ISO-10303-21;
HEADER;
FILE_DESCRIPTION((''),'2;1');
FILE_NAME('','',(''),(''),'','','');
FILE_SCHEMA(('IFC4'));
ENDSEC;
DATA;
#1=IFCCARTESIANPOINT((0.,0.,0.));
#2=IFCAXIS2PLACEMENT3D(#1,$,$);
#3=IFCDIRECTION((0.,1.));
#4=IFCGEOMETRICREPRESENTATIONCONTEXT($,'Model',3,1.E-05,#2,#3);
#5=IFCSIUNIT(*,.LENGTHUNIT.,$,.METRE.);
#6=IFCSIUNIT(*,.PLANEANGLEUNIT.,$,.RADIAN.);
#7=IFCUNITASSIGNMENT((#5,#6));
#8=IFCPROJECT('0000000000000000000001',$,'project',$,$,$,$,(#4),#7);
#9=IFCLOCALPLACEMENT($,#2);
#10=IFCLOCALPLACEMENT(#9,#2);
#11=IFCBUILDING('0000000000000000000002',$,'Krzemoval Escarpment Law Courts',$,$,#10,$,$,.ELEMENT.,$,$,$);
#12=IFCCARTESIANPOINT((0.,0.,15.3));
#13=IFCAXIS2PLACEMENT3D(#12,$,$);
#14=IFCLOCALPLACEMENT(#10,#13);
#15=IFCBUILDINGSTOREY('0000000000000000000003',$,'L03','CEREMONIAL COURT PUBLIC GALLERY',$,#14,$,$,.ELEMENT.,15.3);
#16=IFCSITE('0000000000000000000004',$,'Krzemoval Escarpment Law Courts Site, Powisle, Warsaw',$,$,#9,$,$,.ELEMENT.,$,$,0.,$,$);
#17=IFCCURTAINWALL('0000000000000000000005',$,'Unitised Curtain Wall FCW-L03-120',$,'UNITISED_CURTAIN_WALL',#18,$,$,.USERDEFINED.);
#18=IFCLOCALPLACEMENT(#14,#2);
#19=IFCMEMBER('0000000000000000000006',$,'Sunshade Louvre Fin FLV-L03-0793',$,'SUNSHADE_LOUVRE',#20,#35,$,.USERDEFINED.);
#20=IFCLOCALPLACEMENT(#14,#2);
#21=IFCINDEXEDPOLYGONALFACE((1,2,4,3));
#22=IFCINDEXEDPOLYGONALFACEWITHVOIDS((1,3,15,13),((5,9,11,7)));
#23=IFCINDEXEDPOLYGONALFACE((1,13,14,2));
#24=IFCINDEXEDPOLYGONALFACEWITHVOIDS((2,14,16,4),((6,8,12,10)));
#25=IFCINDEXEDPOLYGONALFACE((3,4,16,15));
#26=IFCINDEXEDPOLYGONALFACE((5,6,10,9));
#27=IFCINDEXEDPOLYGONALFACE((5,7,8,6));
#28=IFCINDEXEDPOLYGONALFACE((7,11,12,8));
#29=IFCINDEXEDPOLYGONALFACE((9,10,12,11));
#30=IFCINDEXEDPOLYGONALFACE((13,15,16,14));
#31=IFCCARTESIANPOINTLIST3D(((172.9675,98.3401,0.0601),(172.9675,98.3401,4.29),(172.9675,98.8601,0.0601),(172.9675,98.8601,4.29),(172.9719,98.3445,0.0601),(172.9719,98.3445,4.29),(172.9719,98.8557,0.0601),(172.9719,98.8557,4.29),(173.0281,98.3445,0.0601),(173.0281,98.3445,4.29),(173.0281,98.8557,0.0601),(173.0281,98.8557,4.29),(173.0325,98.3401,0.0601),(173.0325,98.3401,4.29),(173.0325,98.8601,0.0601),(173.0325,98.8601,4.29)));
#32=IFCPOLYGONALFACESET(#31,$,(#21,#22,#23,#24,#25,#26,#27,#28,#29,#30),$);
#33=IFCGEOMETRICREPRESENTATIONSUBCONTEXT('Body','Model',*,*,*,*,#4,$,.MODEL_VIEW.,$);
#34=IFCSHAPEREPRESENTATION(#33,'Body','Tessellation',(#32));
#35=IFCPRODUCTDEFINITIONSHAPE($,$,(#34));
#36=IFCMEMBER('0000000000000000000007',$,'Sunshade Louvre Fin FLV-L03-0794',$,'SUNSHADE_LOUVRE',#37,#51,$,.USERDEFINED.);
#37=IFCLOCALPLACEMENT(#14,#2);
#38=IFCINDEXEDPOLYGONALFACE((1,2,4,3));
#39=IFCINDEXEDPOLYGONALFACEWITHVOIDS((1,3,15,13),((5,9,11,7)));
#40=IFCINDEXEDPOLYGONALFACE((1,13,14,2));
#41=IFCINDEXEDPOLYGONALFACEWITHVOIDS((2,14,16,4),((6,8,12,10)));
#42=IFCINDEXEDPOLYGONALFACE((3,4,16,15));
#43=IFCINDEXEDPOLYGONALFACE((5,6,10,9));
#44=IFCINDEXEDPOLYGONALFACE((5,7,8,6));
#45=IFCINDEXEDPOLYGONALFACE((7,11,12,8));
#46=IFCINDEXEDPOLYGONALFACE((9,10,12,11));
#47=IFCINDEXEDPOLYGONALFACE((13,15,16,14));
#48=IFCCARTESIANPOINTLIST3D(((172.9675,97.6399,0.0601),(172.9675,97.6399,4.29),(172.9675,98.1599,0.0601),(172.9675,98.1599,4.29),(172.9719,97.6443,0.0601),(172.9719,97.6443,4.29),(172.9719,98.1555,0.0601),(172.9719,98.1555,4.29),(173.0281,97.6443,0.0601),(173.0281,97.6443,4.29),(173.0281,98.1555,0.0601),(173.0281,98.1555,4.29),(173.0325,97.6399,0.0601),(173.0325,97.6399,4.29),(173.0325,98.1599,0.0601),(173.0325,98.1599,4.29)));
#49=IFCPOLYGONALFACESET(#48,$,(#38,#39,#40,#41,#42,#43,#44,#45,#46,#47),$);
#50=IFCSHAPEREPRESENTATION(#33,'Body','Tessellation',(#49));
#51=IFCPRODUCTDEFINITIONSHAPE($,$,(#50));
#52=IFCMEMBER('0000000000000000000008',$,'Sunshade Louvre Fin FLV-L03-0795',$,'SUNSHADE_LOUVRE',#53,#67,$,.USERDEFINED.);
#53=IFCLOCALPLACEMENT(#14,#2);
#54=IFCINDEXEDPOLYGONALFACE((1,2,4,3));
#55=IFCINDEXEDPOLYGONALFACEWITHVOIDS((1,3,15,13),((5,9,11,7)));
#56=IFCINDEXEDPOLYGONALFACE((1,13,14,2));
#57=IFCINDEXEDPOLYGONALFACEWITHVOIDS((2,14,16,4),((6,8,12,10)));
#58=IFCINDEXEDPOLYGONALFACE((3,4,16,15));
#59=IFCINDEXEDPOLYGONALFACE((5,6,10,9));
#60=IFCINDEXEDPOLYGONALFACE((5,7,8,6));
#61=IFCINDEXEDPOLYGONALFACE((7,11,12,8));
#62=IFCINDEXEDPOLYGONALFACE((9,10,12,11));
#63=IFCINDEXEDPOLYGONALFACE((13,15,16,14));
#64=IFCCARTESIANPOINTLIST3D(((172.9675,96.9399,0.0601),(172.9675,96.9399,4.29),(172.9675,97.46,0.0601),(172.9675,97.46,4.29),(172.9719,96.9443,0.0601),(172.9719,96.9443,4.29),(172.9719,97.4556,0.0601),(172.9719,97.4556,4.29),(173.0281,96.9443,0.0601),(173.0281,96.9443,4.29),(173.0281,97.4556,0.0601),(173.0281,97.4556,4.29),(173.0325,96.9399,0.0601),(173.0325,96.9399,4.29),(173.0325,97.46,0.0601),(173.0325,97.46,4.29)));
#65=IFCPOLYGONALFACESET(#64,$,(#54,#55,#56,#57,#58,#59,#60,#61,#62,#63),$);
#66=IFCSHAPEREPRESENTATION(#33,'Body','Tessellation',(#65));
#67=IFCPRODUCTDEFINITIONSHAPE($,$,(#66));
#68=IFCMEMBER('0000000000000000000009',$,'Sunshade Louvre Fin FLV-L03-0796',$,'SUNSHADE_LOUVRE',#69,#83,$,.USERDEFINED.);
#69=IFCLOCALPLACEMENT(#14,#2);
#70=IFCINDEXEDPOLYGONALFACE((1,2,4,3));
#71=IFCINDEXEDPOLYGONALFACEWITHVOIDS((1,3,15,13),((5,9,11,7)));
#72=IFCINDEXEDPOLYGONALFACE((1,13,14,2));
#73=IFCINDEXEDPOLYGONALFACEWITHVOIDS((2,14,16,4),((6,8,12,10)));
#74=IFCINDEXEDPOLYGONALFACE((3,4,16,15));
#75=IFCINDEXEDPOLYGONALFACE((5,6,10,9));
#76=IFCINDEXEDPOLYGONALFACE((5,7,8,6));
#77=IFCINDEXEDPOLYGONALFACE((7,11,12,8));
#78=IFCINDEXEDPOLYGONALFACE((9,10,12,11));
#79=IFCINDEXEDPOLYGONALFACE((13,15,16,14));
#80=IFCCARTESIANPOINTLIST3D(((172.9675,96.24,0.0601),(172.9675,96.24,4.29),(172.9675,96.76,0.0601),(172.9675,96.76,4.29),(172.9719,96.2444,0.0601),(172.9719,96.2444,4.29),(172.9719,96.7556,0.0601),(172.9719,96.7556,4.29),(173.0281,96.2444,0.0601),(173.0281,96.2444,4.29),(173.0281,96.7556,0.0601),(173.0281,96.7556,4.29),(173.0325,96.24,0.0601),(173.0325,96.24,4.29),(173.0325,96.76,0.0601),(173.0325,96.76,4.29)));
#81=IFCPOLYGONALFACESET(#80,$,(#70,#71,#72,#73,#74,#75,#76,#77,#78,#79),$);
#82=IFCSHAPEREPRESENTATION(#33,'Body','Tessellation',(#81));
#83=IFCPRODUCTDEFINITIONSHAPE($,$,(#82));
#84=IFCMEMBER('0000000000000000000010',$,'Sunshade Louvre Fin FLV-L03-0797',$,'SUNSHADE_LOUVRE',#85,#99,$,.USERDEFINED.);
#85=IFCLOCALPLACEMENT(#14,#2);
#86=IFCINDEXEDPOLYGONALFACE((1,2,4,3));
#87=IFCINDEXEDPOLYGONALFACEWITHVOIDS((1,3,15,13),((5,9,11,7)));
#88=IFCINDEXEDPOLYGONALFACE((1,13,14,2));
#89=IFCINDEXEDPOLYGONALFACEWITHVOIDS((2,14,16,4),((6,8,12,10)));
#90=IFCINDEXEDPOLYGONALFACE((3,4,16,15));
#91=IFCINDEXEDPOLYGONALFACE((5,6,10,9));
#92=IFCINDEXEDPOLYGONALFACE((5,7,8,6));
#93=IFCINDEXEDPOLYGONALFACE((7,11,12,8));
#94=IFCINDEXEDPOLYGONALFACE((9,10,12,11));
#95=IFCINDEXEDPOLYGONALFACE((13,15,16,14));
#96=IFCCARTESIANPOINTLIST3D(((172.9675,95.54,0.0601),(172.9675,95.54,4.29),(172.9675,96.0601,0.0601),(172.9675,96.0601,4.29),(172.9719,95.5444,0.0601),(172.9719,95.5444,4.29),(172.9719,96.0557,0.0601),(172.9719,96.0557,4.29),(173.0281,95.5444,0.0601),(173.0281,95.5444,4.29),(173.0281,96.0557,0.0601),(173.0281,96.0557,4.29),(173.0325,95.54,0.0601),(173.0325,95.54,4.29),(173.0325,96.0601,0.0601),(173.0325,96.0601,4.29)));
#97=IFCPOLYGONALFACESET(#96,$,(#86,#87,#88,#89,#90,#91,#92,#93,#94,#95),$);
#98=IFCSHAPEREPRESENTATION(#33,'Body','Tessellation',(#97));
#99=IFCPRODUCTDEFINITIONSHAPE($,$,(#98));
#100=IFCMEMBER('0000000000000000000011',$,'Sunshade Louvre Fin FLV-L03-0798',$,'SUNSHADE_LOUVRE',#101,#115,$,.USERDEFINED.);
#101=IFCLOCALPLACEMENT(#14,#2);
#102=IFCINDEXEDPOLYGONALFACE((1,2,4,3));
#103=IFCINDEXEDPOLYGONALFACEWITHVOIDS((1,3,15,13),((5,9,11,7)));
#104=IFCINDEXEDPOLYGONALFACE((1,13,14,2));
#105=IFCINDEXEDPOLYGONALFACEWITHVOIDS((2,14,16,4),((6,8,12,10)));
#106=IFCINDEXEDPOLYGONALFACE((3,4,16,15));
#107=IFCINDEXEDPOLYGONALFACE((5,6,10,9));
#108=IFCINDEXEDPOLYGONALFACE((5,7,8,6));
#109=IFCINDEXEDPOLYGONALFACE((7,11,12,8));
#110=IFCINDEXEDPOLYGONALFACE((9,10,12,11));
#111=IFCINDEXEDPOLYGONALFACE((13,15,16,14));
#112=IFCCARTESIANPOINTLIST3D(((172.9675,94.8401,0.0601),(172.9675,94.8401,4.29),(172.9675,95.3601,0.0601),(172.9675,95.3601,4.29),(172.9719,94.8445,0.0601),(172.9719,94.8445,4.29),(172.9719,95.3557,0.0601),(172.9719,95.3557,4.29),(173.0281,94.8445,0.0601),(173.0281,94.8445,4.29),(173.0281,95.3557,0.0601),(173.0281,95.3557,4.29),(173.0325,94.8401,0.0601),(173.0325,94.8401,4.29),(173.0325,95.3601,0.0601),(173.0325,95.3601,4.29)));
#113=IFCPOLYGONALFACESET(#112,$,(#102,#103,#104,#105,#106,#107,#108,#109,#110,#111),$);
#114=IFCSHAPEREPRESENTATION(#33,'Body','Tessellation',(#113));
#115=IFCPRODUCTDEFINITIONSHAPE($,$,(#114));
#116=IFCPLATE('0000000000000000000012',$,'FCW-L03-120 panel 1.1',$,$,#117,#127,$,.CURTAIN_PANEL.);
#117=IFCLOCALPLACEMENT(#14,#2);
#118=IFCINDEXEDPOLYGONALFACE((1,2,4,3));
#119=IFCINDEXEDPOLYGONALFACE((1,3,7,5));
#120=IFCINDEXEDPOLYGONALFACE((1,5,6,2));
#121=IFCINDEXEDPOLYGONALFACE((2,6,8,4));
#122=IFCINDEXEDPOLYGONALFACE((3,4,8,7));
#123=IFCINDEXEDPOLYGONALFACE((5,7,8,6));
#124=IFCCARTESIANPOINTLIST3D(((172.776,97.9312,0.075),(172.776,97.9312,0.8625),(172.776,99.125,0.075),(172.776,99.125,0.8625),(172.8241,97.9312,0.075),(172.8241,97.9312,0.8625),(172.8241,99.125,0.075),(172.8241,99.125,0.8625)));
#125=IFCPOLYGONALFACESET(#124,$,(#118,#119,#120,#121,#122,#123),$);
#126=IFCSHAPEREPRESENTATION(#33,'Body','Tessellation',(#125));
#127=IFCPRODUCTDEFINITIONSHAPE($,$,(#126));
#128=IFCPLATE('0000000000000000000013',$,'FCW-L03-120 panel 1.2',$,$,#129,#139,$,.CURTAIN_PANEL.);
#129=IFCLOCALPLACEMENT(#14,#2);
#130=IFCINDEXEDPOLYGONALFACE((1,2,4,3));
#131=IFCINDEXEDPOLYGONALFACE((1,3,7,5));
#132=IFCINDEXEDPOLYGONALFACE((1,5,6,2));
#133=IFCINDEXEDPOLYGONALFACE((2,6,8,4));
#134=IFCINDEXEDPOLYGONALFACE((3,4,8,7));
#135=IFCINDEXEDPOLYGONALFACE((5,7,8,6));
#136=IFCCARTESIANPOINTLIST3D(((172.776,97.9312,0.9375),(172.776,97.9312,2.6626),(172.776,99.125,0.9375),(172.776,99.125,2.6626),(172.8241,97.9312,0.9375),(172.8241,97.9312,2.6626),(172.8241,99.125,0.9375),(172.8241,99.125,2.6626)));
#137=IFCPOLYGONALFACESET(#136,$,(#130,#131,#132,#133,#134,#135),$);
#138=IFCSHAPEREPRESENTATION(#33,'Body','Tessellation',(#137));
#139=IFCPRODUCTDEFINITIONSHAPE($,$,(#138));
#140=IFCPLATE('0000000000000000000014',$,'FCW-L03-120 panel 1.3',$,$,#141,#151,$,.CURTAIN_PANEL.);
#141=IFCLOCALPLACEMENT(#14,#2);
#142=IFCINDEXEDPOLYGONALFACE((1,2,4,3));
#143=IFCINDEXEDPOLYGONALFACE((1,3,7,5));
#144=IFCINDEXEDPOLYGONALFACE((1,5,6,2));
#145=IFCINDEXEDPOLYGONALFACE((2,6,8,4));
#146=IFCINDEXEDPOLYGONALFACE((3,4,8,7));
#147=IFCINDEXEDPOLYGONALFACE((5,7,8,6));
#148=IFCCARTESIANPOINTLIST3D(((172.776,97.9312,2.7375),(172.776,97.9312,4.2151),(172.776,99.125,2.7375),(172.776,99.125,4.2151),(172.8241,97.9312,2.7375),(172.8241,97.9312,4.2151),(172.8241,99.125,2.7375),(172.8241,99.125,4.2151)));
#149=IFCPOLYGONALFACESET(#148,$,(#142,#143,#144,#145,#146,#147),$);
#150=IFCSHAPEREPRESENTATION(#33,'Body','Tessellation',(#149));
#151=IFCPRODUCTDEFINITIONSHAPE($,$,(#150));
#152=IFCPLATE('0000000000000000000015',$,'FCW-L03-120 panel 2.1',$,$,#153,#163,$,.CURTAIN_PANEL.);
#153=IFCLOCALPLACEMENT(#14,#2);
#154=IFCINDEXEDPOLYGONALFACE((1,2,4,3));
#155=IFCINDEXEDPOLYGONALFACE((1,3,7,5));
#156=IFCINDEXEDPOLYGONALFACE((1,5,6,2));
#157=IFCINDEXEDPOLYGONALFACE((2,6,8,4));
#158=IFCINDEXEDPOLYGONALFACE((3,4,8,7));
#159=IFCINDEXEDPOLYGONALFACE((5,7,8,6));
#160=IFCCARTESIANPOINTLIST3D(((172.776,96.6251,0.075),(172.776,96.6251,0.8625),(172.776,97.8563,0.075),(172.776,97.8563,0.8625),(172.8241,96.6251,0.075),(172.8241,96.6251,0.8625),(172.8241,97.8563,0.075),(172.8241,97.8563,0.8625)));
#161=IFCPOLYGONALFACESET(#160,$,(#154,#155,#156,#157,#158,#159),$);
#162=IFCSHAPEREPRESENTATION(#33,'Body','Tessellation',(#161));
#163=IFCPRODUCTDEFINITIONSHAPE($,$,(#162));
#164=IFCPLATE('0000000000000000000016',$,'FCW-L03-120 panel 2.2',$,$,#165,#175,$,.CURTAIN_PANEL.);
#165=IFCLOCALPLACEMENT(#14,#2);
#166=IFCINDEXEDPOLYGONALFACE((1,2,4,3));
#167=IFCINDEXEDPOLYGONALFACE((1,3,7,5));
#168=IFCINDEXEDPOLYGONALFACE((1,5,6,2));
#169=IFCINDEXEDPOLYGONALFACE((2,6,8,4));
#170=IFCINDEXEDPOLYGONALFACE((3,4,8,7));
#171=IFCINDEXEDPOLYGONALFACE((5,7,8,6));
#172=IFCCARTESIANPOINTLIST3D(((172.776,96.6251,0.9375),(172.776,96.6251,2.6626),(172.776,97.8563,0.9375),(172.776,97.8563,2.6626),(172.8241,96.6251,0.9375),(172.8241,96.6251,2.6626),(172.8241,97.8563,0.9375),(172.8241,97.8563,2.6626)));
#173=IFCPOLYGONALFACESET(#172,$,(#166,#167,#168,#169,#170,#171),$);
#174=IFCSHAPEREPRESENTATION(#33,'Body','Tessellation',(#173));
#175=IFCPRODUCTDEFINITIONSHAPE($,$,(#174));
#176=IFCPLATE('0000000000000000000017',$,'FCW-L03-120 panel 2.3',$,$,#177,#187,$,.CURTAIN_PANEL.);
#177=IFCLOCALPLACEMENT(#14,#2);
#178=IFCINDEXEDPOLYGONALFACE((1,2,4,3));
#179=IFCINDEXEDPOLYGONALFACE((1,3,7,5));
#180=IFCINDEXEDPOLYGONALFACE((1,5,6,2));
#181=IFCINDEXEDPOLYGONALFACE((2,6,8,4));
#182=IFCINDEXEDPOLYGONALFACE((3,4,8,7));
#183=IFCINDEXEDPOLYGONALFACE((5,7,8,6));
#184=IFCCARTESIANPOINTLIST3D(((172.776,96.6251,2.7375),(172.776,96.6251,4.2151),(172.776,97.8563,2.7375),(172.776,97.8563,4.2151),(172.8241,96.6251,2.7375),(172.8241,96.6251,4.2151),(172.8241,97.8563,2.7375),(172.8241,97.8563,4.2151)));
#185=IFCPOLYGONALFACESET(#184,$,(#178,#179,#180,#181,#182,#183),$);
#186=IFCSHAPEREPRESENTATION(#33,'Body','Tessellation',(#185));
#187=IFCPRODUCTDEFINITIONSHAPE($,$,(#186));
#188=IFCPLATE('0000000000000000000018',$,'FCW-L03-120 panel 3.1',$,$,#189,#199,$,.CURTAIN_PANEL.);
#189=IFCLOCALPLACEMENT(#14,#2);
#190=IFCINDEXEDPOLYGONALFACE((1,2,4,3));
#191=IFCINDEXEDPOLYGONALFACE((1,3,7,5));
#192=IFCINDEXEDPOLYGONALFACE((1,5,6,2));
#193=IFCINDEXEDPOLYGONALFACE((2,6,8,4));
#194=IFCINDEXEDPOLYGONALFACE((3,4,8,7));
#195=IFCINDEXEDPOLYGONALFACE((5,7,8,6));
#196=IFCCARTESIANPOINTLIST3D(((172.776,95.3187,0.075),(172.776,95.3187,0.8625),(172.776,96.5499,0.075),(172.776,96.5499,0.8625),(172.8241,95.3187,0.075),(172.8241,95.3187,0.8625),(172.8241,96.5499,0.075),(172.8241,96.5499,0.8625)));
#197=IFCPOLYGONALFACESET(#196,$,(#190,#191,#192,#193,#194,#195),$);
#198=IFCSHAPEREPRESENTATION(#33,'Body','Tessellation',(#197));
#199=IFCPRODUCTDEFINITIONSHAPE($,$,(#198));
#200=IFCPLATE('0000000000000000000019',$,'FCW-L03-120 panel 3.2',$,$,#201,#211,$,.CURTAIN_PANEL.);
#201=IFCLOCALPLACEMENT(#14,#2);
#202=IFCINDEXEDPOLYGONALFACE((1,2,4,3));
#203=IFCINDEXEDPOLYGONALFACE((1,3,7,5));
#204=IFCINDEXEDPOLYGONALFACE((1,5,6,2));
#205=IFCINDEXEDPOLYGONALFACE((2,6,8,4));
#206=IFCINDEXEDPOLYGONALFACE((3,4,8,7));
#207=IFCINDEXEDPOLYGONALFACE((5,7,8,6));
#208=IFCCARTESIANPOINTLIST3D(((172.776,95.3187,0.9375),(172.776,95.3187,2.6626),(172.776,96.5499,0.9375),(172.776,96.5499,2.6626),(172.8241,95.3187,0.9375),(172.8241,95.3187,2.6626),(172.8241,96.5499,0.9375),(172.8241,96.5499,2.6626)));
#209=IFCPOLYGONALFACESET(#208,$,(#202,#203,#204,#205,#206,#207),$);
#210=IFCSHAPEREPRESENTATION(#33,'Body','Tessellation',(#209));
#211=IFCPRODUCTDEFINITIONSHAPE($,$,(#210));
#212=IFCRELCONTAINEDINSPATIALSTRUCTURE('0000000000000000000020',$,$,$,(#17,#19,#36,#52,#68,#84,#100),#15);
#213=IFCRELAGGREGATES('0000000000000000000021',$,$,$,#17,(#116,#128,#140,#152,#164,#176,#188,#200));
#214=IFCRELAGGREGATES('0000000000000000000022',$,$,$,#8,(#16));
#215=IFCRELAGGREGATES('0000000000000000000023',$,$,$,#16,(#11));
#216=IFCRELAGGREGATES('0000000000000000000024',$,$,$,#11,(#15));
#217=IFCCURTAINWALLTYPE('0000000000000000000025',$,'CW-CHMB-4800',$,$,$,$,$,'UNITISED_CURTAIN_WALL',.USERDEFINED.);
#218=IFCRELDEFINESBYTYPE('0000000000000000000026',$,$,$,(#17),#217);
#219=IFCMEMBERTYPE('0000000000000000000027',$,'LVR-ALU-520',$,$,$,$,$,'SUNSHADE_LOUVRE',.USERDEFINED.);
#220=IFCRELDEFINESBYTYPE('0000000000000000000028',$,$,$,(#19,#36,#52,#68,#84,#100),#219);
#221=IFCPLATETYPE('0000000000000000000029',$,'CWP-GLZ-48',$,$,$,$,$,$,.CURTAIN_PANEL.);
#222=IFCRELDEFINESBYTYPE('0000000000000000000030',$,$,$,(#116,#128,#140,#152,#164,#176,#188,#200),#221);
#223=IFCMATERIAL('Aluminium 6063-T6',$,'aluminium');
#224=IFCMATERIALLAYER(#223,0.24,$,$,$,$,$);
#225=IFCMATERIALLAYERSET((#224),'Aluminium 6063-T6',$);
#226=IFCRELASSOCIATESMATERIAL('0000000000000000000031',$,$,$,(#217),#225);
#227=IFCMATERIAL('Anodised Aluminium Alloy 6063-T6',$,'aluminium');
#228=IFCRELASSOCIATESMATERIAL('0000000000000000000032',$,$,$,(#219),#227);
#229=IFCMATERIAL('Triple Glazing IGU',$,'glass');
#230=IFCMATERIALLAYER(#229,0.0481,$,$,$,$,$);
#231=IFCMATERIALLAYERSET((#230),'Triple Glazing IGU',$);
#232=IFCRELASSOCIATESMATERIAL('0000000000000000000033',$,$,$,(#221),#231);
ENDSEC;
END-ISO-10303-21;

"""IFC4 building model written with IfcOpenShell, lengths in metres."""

from ifc_helpers import new_model, si_unit, direction, frame, origin, origin_2d, place, context, subcontext, project, spatial, rectangle, hollow_rectangle, extrude, material, layer, layer_set, material_profile, profile_set, type_object, element, aggregate, save


model = new_model("IFC4")

# Units and contexts
model_context = context("Model", 3, precision=1e-05, world=origin(), true_north=direction((0.0, 1.0)))
body_context = subcontext(model_context, "Body", "Model", "MODEL_VIEW")
ifc_project = project(units=[si_unit("LENGTHUNIT", "METRE"), si_unit("PLANEANGLEUNIT", "RADIAN")], contexts=[model_context])

# Site, building, storey
site_placement = place(None, origin())
site = spatial("IfcSite", under=ifc_project, at=site_placement, Name="Krzemoval Escarpment Law Courts Site, Powisle, Warsaw", CompositionType="ELEMENT", RefElevation=0.0)
building_placement = place(site_placement, origin())
building = spatial("IfcBuilding", under=site, at=building_placement, Name="Krzemoval Escarpment Law Courts", CompositionType="ELEMENT")
storey_placement = place(building_placement, frame((0.0, 0.0, 15.3)))
storey = spatial("IfcBuildingStorey", under=building, at=storey_placement, Name="L03", Description="CEREMONIAL COURT PUBLIC GALLERY", CompositionType="ELEMENT", Elevation=15.3)

# Curtain wall
ifc_material_1 = material(Name="Aluminium 6063-T6", Category="aluminium")
ifc_layer_1 = layer(ifc_material_1, 0.24)
ifc_layer_set_1 = layer_set([ifc_layer_1], Name="Aluminium 6063-T6")
curtain_wall_type = type_object("IfcCurtainWallType", Name="CW-CHMB-4800", ElementType="UNITISED_CURTAIN_WALL", PredefinedType="USERDEFINED", material=ifc_layer_set_1)
curtain_wall_placement = place(storey_placement, origin())
curtain_wall = element("IfcCurtainWall", 1, at=curtain_wall_placement, inside=storey, type_object=curtain_wall_type, Name="Unitised Curtain Wall FCW-L03-120", ObjectType="UNITISED_CURTAIN_WALL", PredefinedType="USERDEFINED")

# Members
ifc_material_2 = material(Name="Anodised Aluminium Alloy 6063-T6", Category="aluminium")
ifc_material_profile_1 = material_profile(ifc_material_2, hollow_rectangle(XDim=0.0649, YDim=0.52, WallThickness=0.0044, at=origin_2d()), Name="ALU LVR 65x520")
ifc_profile_set_1 = profile_set([ifc_material_profile_1], Name="Anodised Aluminium Alloy 6063-T6")
member_type_1 = type_object("IfcMemberType", Name="LVR-ALU-520", ElementType="SUNSHADE_LOUVRE", PredefinedType="USERDEFINED", material=ifc_profile_set_1)
for number, where, z_axis, x_axis, name in (
    (2, (173.0, 98.6001, 0.0601), (0.0, 0.0, 1.0), (1.0, 0.0, 0.0), "Sunshade Louvre Fin FLV-L03-0793"),
    (3, (173.0, 97.8999, 0.0601), (0.0, 0.0, 1.0), (1.0, 0.0, 0.0), "Sunshade Louvre Fin FLV-L03-0794"),
    (4, (173.0, 97.2, 0.0601), (0.0, 0.0, 1.0), (1.0, 0.0, 0.0), "Sunshade Louvre Fin FLV-L03-0795"),
    (5, (173.0, 96.5, 0.0601), (0.0, 0.0, 1.0), (1.0, 0.0, 0.0), "Sunshade Louvre Fin FLV-L03-0796"),
    (6, (173.0, 95.8, 0.0601), (0.0, 0.0, 1.0), (1.0, 0.0, 0.0), "Sunshade Louvre Fin FLV-L03-0797"),
    (7, (173.0, 95.1001, 0.0601), (0.0, 0.0, 1.0), (1.0, 0.0, 0.0), "Sunshade Louvre Fin FLV-L03-0798"),
):
    element("IfcMember", number, at=place(storey_placement, frame(where, z_axis=z_axis, x_axis=x_axis)), inside=storey, type_object=member_type_1, Name=name, ObjectType="SUNSHADE_LOUVRE", PredefinedType="USERDEFINED", context=body_context, shape_type="SweptSolid", body=[
        extrude(hollow_rectangle(XDim=0.0649, YDim=0.52, WallThickness=0.0044, at=origin_2d()), origin(), (0.0, 0.0, 1.0), 4.23),
    ])

# Plates
ifc_material_3 = material(Name="Triple Glazing IGU", Category="glass")
ifc_layer_2 = layer(ifc_material_3, 0.0481)
ifc_layer_set_2 = layer_set([ifc_layer_2], Name="Triple Glazing IGU")
plate_type = type_object("IfcPlateType", Name="CWP-GLZ-48", PredefinedType="CURTAIN_PANEL", material=ifc_layer_set_2)
plate_1_placement = place(storey_placement, frame((172.8, 98.5281, 0.075), z_axis=(0.0, 0.0, 1.0), x_axis=(0.0, -1.0, 0.0)))
plate_1 = element("IfcPlate", 8, at=plate_1_placement, type_object=plate_type, Name="FCW-L03-120 panel 1.1", PredefinedType="CURTAIN_PANEL", context=body_context, shape_type="SweptSolid", body=[
    extrude(rectangle(XDim=1.1938, YDim=0.0481, at=origin_2d()), origin(), (0.0, 0.0, 1.0), 0.7876),
])
plate_2_placement = place(storey_placement, frame((172.8, 98.5281, 0.9375), z_axis=(0.0, 0.0, 1.0), x_axis=(0.0, -1.0, 0.0)))
plate_2 = element("IfcPlate", 9, at=plate_2_placement, type_object=plate_type, Name="FCW-L03-120 panel 1.2", PredefinedType="CURTAIN_PANEL", context=body_context, shape_type="SweptSolid", body=[
    extrude(rectangle(XDim=1.1938, YDim=0.0481, at=origin_2d()), origin(), (0.0, 0.0, 1.0), 1.7251),
])
plate_3_placement = place(storey_placement, frame((172.8, 98.5281, 2.7375), z_axis=(0.0, 0.0, 1.0), x_axis=(0.0, -1.0, 0.0)))
plate_3 = element("IfcPlate", 10, at=plate_3_placement, type_object=plate_type, Name="FCW-L03-120 panel 1.3", PredefinedType="CURTAIN_PANEL", context=body_context, shape_type="SweptSolid", body=[
    extrude(rectangle(XDim=1.1938, YDim=0.0481, at=origin_2d()), origin(), (0.0, 0.0, 1.0), 1.4775),
])
plate_4_placement = place(storey_placement, frame((172.8, 97.2407, 0.075), z_axis=(0.0, 0.0, 1.0), x_axis=(0.0, -1.0, 0.0)))
plate_4 = element("IfcPlate", 11, at=plate_4_placement, type_object=plate_type, Name="FCW-L03-120 panel 2.1", PredefinedType="CURTAIN_PANEL", context=body_context, shape_type="SweptSolid", body=[
    extrude(rectangle(XDim=1.2312, YDim=0.0481, at=origin_2d()), origin(), (0.0, 0.0, 1.0), 0.7876),
])
plate_5_placement = place(storey_placement, frame((172.8, 97.2407, 0.9375), z_axis=(0.0, 0.0, 1.0), x_axis=(0.0, -1.0, 0.0)))
plate_5 = element("IfcPlate", 12, at=plate_5_placement, type_object=plate_type, Name="FCW-L03-120 panel 2.2", PredefinedType="CURTAIN_PANEL", context=body_context, shape_type="SweptSolid", body=[
    extrude(rectangle(XDim=1.2312, YDim=0.0481, at=origin_2d()), origin(), (0.0, 0.0, 1.0), 1.7251),
])
plate_6_placement = place(storey_placement, frame((172.8, 97.2407, 2.7375), z_axis=(0.0, 0.0, 1.0), x_axis=(0.0, -1.0, 0.0)))
plate_6 = element("IfcPlate", 13, at=plate_6_placement, type_object=plate_type, Name="FCW-L03-120 panel 2.3", PredefinedType="CURTAIN_PANEL", context=body_context, shape_type="SweptSolid", body=[
    extrude(rectangle(XDim=1.2312, YDim=0.0481, at=origin_2d()), origin(), (0.0, 0.0, 1.0), 1.4775),
])
plate_7_placement = place(storey_placement, frame((172.8, 95.9343, 0.075), z_axis=(0.0, 0.0, 1.0), x_axis=(0.0, -1.0, 0.0)))
plate_7 = element("IfcPlate", 14, at=plate_7_placement, type_object=plate_type, Name="FCW-L03-120 panel 3.1", PredefinedType="CURTAIN_PANEL", context=body_context, shape_type="SweptSolid", body=[
    extrude(rectangle(XDim=1.2312, YDim=0.0481, at=origin_2d()), origin(), (0.0, 0.0, 1.0), 0.7876),
])
plate_8_placement = place(storey_placement, frame((172.8, 95.9343, 0.9375), z_axis=(0.0, 0.0, 1.0), x_axis=(0.0, -1.0, 0.0)))
plate_8 = element("IfcPlate", 15, at=plate_8_placement, type_object=plate_type, Name="FCW-L03-120 panel 3.2", PredefinedType="CURTAIN_PANEL", context=body_context, shape_type="SweptSolid", body=[
    extrude(rectangle(XDim=1.2312, YDim=0.0481, at=origin_2d()), origin(), (0.0, 0.0, 1.0), 1.7251),
])
aggregate(curtain_wall, [plate_1, plate_2, plate_3, plate_4, plate_5, plate_6, plate_7, plate_8])

save(model, "model.ifc")
